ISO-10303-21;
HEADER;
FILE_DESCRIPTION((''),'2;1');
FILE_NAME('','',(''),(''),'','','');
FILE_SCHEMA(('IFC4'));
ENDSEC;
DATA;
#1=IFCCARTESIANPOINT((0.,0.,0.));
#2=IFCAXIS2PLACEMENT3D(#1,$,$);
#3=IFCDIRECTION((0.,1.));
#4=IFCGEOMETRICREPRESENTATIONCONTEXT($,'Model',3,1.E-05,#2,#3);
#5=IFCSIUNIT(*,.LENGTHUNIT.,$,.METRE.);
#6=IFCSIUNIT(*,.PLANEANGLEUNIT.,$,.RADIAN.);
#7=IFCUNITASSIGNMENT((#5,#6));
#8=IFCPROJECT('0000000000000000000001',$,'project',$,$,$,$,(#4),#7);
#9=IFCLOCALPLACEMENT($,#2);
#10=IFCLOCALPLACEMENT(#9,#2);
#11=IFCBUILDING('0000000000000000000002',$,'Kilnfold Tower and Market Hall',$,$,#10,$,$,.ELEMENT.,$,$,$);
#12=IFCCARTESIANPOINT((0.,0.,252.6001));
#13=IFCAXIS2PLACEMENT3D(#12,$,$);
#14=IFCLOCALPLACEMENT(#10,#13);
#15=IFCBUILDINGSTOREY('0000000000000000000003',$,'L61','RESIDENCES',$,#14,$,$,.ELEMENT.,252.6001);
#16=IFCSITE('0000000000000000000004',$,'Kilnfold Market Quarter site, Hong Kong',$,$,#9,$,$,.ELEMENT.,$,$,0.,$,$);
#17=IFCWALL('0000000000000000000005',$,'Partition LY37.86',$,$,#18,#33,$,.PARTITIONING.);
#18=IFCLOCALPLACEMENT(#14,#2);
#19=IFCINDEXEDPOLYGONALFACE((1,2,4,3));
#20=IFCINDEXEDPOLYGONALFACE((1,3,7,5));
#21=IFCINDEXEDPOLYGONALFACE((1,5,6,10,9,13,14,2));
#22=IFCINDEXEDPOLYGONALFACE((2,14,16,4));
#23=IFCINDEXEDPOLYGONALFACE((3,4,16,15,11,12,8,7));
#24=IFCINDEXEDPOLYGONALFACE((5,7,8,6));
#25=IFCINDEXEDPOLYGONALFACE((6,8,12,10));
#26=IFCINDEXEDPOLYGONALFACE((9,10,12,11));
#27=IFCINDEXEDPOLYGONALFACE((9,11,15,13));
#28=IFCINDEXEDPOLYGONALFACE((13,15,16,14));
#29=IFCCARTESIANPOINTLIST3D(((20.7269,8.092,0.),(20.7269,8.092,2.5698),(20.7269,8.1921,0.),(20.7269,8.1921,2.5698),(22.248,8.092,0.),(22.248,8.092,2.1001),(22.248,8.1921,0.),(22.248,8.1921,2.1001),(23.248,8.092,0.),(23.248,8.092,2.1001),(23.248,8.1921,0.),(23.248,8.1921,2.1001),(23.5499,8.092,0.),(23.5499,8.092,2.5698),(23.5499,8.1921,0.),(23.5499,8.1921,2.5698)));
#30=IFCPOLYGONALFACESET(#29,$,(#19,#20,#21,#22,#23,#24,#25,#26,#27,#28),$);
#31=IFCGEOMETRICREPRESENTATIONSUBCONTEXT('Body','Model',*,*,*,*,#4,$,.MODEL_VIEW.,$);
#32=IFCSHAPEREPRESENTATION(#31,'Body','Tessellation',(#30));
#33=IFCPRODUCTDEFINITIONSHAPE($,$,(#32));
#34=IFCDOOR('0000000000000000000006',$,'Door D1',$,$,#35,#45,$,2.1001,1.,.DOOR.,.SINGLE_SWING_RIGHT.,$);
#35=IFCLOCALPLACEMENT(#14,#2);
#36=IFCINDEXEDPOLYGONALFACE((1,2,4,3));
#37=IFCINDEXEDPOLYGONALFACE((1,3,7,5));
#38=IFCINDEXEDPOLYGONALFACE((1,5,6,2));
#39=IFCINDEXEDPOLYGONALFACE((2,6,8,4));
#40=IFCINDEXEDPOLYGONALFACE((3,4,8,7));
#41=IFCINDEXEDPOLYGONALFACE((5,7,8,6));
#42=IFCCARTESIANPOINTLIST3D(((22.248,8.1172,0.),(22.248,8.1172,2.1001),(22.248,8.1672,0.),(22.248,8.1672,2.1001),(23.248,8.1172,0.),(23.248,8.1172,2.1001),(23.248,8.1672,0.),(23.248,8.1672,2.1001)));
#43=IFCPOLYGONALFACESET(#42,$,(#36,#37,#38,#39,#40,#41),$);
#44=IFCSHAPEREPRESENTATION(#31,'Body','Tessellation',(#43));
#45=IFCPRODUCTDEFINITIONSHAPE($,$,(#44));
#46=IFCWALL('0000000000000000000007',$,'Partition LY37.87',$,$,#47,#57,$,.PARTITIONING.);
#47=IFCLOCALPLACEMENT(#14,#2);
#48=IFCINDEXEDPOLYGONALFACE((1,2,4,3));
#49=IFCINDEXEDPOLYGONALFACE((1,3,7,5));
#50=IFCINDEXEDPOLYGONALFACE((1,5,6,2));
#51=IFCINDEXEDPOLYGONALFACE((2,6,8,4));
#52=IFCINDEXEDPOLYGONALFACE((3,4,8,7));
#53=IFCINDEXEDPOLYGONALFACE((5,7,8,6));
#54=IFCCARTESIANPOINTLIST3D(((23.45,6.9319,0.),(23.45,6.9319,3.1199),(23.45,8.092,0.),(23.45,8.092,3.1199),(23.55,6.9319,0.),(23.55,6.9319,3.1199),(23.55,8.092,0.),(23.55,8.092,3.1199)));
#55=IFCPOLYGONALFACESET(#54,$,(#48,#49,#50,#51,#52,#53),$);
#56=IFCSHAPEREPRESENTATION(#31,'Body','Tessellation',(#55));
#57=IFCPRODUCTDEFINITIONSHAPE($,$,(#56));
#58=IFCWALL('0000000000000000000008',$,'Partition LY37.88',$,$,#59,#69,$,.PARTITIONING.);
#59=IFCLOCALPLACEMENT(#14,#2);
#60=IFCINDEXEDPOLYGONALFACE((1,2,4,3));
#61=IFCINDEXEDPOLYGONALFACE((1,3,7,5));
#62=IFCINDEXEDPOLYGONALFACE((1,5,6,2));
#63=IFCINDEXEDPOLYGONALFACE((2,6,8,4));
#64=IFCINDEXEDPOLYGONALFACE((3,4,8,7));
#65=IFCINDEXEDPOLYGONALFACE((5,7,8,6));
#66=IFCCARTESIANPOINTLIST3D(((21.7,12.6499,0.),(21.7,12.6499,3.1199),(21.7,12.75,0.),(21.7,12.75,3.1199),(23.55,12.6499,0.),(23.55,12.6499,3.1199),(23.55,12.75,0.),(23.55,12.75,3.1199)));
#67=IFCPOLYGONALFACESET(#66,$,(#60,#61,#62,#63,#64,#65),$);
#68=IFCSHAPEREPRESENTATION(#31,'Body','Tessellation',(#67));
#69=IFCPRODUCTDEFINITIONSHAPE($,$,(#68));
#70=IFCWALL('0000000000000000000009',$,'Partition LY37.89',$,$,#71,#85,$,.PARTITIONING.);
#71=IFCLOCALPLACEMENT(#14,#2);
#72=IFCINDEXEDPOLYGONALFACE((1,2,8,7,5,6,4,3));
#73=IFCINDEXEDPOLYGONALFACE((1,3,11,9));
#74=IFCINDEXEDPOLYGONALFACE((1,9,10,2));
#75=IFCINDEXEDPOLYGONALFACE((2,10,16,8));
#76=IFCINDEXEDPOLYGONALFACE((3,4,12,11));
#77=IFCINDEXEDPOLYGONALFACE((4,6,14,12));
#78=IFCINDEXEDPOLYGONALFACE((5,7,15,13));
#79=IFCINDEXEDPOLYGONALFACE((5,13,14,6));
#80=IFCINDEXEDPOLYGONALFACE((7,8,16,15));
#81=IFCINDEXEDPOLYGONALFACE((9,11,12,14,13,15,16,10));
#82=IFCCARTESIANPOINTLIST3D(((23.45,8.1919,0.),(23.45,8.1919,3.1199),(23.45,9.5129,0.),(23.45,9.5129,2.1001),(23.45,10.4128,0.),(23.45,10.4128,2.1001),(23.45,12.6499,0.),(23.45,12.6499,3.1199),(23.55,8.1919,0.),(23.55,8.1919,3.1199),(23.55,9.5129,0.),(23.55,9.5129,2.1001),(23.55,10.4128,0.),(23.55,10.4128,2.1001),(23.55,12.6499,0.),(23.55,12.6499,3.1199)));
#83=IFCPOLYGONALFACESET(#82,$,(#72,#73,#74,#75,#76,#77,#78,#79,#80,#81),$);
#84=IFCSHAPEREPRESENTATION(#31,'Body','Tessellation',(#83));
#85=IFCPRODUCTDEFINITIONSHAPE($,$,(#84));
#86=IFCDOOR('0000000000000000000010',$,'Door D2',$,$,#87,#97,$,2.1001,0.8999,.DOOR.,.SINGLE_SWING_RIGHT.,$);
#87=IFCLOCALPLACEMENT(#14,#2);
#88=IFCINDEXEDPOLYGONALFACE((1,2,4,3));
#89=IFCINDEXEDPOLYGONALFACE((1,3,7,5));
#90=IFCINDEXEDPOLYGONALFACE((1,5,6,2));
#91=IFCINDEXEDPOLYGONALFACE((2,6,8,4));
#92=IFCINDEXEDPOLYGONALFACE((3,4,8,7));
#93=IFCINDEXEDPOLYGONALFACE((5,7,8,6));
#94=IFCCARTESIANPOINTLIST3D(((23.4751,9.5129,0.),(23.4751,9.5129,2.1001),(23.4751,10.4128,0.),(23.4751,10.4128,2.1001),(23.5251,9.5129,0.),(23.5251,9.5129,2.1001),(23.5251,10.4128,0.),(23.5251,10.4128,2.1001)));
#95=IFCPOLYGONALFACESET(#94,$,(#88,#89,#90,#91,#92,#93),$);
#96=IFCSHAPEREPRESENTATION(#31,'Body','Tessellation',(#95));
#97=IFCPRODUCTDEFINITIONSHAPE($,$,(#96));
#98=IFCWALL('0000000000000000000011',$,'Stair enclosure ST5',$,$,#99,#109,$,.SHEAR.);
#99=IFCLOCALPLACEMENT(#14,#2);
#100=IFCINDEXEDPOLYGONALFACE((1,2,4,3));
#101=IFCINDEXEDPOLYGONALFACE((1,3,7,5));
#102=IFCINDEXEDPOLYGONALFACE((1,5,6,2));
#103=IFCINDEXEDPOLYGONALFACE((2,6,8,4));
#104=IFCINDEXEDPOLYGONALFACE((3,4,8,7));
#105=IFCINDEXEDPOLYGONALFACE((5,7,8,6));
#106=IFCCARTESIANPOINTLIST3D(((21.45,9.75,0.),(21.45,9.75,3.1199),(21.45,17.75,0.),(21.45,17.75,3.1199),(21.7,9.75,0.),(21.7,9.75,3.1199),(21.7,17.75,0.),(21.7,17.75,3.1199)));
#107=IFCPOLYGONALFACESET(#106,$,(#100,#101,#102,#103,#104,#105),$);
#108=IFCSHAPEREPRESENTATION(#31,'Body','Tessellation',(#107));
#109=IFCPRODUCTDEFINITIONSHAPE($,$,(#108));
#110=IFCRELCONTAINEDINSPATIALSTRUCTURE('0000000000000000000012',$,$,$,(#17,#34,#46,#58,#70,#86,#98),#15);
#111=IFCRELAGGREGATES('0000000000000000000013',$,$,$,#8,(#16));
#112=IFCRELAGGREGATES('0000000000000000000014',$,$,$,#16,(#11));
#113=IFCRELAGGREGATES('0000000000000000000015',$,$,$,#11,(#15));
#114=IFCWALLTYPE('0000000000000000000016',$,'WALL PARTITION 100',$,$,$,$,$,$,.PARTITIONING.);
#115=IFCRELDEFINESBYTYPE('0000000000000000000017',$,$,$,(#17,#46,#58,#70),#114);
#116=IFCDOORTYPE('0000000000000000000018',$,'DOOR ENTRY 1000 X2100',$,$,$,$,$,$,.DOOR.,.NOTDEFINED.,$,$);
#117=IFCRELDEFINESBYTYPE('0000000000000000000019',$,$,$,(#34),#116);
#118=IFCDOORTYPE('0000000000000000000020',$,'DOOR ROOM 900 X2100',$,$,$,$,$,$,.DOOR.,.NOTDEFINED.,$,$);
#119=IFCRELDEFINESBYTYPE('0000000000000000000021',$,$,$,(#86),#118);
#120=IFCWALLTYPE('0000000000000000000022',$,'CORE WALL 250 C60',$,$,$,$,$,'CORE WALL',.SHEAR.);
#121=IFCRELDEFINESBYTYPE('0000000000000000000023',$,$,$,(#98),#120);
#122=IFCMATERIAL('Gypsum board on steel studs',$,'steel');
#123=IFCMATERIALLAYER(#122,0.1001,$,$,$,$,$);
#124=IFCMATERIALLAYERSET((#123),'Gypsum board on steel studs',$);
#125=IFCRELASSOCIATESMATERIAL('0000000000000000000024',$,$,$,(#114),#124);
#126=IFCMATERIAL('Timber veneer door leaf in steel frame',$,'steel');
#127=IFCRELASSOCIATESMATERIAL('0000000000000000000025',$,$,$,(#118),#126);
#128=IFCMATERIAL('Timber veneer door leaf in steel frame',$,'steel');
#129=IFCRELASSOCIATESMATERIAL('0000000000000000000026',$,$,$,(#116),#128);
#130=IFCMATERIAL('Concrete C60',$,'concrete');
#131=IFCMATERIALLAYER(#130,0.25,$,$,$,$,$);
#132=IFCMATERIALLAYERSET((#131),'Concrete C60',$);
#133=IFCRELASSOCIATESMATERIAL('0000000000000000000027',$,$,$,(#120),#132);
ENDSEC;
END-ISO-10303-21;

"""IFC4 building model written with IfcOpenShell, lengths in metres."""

from ifc_helpers import new_model, si_unit, direction, frame, frame_2d, origin, place, context, subcontext, project, spatial, rectangle, extrude, source, transform, mapped, material, layer, layer_set, type_object, element, fill, save


model = new_model("IFC4")

# Units and contexts
model_context = context("Model", 3, precision=1e-05, world=origin(), true_north=direction((0.0, 1.0)))
body_context = subcontext(model_context, "Body", "Model", "MODEL_VIEW")
ifc_project = project(units=[si_unit("LENGTHUNIT", "METRE"), si_unit("PLANEANGLEUNIT", "RADIAN")], contexts=[model_context])

# Site, building, storey
site_placement = place(None, origin())
site = spatial("IfcSite", under=ifc_project, at=site_placement, Name="Kilnfold Market Quarter site, Hong Kong", CompositionType="ELEMENT", RefElevation=0.0)
building_placement = place(site_placement, origin())
building = spatial("IfcBuilding", under=site, at=building_placement, Name="Kilnfold Tower and Market Hall", CompositionType="ELEMENT")
storey_placement = place(building_placement, frame((0.0, 0.0, 252.6001)))
storey = spatial("IfcBuildingStorey", under=building, at=storey_placement, Name="L61", Description="RESIDENCES", CompositionType="ELEMENT", Elevation=252.6001)

# Shared definitions
ifc_material_1 = material(Name="Gypsum board on steel studs", Category="steel")
ifc_layer_1 = layer(ifc_material_1, 0.1001)
ifc_layer_set_1 = layer_set([ifc_layer_1], Name="Gypsum board on steel studs")
wall_type_1 = type_object("IfcWallType", Name="WALL PARTITION 100", PredefinedType="PARTITIONING", material=ifc_layer_set_1)

# Wall, opening, door
ifc_material_2 = material(Name="Timber veneer door leaf in steel frame", Category="steel")
door_type_1 = type_object("IfcDoorType", Name="DOOR ROOM 900 X2100", OperationType="NOTDEFINED", PredefinedType="DOOR", material=ifc_material_2)
wall_1_placement = place(storey_placement, frame((23.55, 8.1421, 0.0), z_axis=(0.0, 0.0, 1.0), x_axis=(-1.0, 0.0, 0.0)))
wall_1 = element("IfcWall", 1, at=wall_1_placement, inside=storey, type_object=wall_type_1, Name="Partition LY37.86", PredefinedType="PARTITIONING", context=body_context, shape_type="SweptSolid", body=[
    extrude(rectangle(XDim=2.823, YDim=0.1001, at=frame_2d((1.4116, 0.0))), origin(), (0.0, 0.0, 1.0), 2.5698),
])
opening_1_placement = place(wall_1_placement, frame((0.302, 0.0, 0.0)))
opening_1 = element("IfcOpeningElement", 2, at=opening_1_placement, cuts=wall_1, PredefinedType="OPENING", context=body_context, shape_type="SweptSolid", body=[
    extrude(rectangle(XDim=1.0, YDim=2.1001, at=frame_2d((0.5, 1.05))), frame((0.0, 0.0601, 0.0), z_axis=(0.0, -1.0, 0.0), x_axis=(1.0, 0.0, 0.0)), (0.0, 0.0, 1.0), 0.1201),
])
ifc_material_3 = material(Name="Timber veneer door leaf in steel frame", Category="steel")
door_type_2 = type_object("IfcDoorType", Name="DOOR ENTRY 1000 X2100", OperationType="NOTDEFINED", PredefinedType="DOOR", material=ifc_material_3)
door_1_placement = place(opening_1_placement, origin())
door_1 = element("IfcDoor", 3, at=door_1_placement, inside=storey, type_object=door_type_2, Name="Door D1", OperationType="SINGLE_SWING_RIGHT", OverallHeight=2.1001, OverallWidth=1.0, PredefinedType="DOOR", context=body_context, shape_type="SweptSolid", body=[
    extrude(rectangle(XDim=1.0, YDim=2.1001, at=frame_2d((0.5, 1.05))), frame((0.0, 0.0249, 0.0), z_axis=(0.0, -1.0, 0.0), x_axis=(1.0, 0.0, 0.0)), (0.0, 0.0, 1.0), 0.05),
])
fill(opening_1, door_1)

# Walls
wall_2_placement = place(storey_placement, frame((23.5, 6.9319, 0.0), z_axis=(0.0, 0.0, 1.0), x_axis=(0.0, 1.0, 0.0)))
element("IfcWall", 4, at=wall_2_placement, inside=storey, type_object=wall_type_1, Name="Partition LY37.87", PredefinedType="PARTITIONING", context=body_context, shape_type="SweptSolid", body=[
    extrude(rectangle(XDim=1.1602, YDim=0.1001, at=frame_2d((0.5801, 0.0))), origin(), (0.0, 0.0, 1.0), 3.1199),
])
wall_3_placement = place(storey_placement, frame((23.55, 12.7, 0.0), z_axis=(0.0, 0.0, 1.0), x_axis=(-1.0, 0.0, 0.0)))
element("IfcWall", 5, at=wall_3_placement, inside=storey, type_object=wall_type_1, Name="Partition LY37.88", PredefinedType="PARTITIONING", context=body_context, shape_type="SweptSolid", body=[
    extrude(rectangle(XDim=1.8501, YDim=0.1001, at=frame_2d((0.925, 0.0))), origin(), (0.0, 0.0, 1.0), 3.1199),
])

# Wall, opening, door
wall_4_placement = place(storey_placement, frame((23.5, 8.1919, 0.0), z_axis=(0.0, 0.0, 1.0), x_axis=(0.0, 1.0, 0.0)))
wall_4 = element("IfcWall", 6, at=wall_4_placement, inside=storey, type_object=wall_type_1, Name="Partition LY37.89", PredefinedType="PARTITIONING", context=body_context, shape_type="SweptSolid", body=[
    extrude(rectangle(XDim=4.458, YDim=0.1001, at=frame_2d((2.229, 0.0))), origin(), (0.0, 0.0, 1.0), 3.1199),
])
opening_2_placement = place(wall_4_placement, frame((1.321, 0.0, 0.0)))
opening_2 = element("IfcOpeningElement", 7, at=opening_2_placement, cuts=wall_4, PredefinedType="OPENING", context=body_context, shape_type="SweptSolid", body=[
    extrude(rectangle(XDim=0.8999, YDim=2.1001, at=frame_2d((0.45, 1.05))), frame((0.0, 0.0601, 0.0), z_axis=(0.0, -1.0, 0.0), x_axis=(1.0, 0.0, 0.0)), (0.0, 0.0, 1.0), 0.1201),
])
door_2_placement = place(opening_2_placement, origin())
door_2 = element("IfcDoor", 8, at=door_2_placement, inside=storey, type_object=door_type_1, Name="Door D2", OperationType="SINGLE_SWING_RIGHT", OverallHeight=2.1001, OverallWidth=0.8999, PredefinedType="DOOR", context=body_context, shape_type="SweptSolid", body=[
    extrude(rectangle(XDim=0.8999, YDim=2.1001, at=frame_2d((0.45, 1.05))), frame((0.0, 0.0249, 0.0), z_axis=(0.0, -1.0, 0.0), x_axis=(1.0, 0.0, 0.0)), (0.0, 0.0, 1.0), 0.05),
])
fill(opening_2, door_2)

# Wall
ifc_material_4 = material(Name="Concrete C60", Category="concrete")
ifc_layer_2 = layer(ifc_material_4, 0.25)
ifc_layer_set_2 = layer_set([ifc_layer_2], Name="Concrete C60")
wall_type_2 = type_object("IfcWallType", Name="CORE WALL 250 C60", ElementType="CORE WALL", PredefinedType="SHEAR", material=ifc_layer_set_2)
shared_shape_1 = source(origin(), body_context, "Body", "SweptSolid", [
    extrude(rectangle(XDim=8.0, YDim=0.25, at=frame_2d((4.0, 0.0))), origin(), (0.0, 0.0, 1.0), 3.1199),
])
wall_5_placement = place(storey_placement, frame((21.575, 9.75, 0.0), z_axis=(0.0, 0.0, 1.0), x_axis=(0.0, 1.0, 0.0)))
element("IfcWall", 9, at=wall_5_placement, inside=storey, type_object=wall_type_2, Name="Stair enclosure ST5", PredefinedType="SHEAR", context=body_context, shape_type="MappedRepresentation", body=[
    mapped(shared_shape_1, transform((0.0, 0.0, 0.0))),
])

save(model, "model.ifc")
